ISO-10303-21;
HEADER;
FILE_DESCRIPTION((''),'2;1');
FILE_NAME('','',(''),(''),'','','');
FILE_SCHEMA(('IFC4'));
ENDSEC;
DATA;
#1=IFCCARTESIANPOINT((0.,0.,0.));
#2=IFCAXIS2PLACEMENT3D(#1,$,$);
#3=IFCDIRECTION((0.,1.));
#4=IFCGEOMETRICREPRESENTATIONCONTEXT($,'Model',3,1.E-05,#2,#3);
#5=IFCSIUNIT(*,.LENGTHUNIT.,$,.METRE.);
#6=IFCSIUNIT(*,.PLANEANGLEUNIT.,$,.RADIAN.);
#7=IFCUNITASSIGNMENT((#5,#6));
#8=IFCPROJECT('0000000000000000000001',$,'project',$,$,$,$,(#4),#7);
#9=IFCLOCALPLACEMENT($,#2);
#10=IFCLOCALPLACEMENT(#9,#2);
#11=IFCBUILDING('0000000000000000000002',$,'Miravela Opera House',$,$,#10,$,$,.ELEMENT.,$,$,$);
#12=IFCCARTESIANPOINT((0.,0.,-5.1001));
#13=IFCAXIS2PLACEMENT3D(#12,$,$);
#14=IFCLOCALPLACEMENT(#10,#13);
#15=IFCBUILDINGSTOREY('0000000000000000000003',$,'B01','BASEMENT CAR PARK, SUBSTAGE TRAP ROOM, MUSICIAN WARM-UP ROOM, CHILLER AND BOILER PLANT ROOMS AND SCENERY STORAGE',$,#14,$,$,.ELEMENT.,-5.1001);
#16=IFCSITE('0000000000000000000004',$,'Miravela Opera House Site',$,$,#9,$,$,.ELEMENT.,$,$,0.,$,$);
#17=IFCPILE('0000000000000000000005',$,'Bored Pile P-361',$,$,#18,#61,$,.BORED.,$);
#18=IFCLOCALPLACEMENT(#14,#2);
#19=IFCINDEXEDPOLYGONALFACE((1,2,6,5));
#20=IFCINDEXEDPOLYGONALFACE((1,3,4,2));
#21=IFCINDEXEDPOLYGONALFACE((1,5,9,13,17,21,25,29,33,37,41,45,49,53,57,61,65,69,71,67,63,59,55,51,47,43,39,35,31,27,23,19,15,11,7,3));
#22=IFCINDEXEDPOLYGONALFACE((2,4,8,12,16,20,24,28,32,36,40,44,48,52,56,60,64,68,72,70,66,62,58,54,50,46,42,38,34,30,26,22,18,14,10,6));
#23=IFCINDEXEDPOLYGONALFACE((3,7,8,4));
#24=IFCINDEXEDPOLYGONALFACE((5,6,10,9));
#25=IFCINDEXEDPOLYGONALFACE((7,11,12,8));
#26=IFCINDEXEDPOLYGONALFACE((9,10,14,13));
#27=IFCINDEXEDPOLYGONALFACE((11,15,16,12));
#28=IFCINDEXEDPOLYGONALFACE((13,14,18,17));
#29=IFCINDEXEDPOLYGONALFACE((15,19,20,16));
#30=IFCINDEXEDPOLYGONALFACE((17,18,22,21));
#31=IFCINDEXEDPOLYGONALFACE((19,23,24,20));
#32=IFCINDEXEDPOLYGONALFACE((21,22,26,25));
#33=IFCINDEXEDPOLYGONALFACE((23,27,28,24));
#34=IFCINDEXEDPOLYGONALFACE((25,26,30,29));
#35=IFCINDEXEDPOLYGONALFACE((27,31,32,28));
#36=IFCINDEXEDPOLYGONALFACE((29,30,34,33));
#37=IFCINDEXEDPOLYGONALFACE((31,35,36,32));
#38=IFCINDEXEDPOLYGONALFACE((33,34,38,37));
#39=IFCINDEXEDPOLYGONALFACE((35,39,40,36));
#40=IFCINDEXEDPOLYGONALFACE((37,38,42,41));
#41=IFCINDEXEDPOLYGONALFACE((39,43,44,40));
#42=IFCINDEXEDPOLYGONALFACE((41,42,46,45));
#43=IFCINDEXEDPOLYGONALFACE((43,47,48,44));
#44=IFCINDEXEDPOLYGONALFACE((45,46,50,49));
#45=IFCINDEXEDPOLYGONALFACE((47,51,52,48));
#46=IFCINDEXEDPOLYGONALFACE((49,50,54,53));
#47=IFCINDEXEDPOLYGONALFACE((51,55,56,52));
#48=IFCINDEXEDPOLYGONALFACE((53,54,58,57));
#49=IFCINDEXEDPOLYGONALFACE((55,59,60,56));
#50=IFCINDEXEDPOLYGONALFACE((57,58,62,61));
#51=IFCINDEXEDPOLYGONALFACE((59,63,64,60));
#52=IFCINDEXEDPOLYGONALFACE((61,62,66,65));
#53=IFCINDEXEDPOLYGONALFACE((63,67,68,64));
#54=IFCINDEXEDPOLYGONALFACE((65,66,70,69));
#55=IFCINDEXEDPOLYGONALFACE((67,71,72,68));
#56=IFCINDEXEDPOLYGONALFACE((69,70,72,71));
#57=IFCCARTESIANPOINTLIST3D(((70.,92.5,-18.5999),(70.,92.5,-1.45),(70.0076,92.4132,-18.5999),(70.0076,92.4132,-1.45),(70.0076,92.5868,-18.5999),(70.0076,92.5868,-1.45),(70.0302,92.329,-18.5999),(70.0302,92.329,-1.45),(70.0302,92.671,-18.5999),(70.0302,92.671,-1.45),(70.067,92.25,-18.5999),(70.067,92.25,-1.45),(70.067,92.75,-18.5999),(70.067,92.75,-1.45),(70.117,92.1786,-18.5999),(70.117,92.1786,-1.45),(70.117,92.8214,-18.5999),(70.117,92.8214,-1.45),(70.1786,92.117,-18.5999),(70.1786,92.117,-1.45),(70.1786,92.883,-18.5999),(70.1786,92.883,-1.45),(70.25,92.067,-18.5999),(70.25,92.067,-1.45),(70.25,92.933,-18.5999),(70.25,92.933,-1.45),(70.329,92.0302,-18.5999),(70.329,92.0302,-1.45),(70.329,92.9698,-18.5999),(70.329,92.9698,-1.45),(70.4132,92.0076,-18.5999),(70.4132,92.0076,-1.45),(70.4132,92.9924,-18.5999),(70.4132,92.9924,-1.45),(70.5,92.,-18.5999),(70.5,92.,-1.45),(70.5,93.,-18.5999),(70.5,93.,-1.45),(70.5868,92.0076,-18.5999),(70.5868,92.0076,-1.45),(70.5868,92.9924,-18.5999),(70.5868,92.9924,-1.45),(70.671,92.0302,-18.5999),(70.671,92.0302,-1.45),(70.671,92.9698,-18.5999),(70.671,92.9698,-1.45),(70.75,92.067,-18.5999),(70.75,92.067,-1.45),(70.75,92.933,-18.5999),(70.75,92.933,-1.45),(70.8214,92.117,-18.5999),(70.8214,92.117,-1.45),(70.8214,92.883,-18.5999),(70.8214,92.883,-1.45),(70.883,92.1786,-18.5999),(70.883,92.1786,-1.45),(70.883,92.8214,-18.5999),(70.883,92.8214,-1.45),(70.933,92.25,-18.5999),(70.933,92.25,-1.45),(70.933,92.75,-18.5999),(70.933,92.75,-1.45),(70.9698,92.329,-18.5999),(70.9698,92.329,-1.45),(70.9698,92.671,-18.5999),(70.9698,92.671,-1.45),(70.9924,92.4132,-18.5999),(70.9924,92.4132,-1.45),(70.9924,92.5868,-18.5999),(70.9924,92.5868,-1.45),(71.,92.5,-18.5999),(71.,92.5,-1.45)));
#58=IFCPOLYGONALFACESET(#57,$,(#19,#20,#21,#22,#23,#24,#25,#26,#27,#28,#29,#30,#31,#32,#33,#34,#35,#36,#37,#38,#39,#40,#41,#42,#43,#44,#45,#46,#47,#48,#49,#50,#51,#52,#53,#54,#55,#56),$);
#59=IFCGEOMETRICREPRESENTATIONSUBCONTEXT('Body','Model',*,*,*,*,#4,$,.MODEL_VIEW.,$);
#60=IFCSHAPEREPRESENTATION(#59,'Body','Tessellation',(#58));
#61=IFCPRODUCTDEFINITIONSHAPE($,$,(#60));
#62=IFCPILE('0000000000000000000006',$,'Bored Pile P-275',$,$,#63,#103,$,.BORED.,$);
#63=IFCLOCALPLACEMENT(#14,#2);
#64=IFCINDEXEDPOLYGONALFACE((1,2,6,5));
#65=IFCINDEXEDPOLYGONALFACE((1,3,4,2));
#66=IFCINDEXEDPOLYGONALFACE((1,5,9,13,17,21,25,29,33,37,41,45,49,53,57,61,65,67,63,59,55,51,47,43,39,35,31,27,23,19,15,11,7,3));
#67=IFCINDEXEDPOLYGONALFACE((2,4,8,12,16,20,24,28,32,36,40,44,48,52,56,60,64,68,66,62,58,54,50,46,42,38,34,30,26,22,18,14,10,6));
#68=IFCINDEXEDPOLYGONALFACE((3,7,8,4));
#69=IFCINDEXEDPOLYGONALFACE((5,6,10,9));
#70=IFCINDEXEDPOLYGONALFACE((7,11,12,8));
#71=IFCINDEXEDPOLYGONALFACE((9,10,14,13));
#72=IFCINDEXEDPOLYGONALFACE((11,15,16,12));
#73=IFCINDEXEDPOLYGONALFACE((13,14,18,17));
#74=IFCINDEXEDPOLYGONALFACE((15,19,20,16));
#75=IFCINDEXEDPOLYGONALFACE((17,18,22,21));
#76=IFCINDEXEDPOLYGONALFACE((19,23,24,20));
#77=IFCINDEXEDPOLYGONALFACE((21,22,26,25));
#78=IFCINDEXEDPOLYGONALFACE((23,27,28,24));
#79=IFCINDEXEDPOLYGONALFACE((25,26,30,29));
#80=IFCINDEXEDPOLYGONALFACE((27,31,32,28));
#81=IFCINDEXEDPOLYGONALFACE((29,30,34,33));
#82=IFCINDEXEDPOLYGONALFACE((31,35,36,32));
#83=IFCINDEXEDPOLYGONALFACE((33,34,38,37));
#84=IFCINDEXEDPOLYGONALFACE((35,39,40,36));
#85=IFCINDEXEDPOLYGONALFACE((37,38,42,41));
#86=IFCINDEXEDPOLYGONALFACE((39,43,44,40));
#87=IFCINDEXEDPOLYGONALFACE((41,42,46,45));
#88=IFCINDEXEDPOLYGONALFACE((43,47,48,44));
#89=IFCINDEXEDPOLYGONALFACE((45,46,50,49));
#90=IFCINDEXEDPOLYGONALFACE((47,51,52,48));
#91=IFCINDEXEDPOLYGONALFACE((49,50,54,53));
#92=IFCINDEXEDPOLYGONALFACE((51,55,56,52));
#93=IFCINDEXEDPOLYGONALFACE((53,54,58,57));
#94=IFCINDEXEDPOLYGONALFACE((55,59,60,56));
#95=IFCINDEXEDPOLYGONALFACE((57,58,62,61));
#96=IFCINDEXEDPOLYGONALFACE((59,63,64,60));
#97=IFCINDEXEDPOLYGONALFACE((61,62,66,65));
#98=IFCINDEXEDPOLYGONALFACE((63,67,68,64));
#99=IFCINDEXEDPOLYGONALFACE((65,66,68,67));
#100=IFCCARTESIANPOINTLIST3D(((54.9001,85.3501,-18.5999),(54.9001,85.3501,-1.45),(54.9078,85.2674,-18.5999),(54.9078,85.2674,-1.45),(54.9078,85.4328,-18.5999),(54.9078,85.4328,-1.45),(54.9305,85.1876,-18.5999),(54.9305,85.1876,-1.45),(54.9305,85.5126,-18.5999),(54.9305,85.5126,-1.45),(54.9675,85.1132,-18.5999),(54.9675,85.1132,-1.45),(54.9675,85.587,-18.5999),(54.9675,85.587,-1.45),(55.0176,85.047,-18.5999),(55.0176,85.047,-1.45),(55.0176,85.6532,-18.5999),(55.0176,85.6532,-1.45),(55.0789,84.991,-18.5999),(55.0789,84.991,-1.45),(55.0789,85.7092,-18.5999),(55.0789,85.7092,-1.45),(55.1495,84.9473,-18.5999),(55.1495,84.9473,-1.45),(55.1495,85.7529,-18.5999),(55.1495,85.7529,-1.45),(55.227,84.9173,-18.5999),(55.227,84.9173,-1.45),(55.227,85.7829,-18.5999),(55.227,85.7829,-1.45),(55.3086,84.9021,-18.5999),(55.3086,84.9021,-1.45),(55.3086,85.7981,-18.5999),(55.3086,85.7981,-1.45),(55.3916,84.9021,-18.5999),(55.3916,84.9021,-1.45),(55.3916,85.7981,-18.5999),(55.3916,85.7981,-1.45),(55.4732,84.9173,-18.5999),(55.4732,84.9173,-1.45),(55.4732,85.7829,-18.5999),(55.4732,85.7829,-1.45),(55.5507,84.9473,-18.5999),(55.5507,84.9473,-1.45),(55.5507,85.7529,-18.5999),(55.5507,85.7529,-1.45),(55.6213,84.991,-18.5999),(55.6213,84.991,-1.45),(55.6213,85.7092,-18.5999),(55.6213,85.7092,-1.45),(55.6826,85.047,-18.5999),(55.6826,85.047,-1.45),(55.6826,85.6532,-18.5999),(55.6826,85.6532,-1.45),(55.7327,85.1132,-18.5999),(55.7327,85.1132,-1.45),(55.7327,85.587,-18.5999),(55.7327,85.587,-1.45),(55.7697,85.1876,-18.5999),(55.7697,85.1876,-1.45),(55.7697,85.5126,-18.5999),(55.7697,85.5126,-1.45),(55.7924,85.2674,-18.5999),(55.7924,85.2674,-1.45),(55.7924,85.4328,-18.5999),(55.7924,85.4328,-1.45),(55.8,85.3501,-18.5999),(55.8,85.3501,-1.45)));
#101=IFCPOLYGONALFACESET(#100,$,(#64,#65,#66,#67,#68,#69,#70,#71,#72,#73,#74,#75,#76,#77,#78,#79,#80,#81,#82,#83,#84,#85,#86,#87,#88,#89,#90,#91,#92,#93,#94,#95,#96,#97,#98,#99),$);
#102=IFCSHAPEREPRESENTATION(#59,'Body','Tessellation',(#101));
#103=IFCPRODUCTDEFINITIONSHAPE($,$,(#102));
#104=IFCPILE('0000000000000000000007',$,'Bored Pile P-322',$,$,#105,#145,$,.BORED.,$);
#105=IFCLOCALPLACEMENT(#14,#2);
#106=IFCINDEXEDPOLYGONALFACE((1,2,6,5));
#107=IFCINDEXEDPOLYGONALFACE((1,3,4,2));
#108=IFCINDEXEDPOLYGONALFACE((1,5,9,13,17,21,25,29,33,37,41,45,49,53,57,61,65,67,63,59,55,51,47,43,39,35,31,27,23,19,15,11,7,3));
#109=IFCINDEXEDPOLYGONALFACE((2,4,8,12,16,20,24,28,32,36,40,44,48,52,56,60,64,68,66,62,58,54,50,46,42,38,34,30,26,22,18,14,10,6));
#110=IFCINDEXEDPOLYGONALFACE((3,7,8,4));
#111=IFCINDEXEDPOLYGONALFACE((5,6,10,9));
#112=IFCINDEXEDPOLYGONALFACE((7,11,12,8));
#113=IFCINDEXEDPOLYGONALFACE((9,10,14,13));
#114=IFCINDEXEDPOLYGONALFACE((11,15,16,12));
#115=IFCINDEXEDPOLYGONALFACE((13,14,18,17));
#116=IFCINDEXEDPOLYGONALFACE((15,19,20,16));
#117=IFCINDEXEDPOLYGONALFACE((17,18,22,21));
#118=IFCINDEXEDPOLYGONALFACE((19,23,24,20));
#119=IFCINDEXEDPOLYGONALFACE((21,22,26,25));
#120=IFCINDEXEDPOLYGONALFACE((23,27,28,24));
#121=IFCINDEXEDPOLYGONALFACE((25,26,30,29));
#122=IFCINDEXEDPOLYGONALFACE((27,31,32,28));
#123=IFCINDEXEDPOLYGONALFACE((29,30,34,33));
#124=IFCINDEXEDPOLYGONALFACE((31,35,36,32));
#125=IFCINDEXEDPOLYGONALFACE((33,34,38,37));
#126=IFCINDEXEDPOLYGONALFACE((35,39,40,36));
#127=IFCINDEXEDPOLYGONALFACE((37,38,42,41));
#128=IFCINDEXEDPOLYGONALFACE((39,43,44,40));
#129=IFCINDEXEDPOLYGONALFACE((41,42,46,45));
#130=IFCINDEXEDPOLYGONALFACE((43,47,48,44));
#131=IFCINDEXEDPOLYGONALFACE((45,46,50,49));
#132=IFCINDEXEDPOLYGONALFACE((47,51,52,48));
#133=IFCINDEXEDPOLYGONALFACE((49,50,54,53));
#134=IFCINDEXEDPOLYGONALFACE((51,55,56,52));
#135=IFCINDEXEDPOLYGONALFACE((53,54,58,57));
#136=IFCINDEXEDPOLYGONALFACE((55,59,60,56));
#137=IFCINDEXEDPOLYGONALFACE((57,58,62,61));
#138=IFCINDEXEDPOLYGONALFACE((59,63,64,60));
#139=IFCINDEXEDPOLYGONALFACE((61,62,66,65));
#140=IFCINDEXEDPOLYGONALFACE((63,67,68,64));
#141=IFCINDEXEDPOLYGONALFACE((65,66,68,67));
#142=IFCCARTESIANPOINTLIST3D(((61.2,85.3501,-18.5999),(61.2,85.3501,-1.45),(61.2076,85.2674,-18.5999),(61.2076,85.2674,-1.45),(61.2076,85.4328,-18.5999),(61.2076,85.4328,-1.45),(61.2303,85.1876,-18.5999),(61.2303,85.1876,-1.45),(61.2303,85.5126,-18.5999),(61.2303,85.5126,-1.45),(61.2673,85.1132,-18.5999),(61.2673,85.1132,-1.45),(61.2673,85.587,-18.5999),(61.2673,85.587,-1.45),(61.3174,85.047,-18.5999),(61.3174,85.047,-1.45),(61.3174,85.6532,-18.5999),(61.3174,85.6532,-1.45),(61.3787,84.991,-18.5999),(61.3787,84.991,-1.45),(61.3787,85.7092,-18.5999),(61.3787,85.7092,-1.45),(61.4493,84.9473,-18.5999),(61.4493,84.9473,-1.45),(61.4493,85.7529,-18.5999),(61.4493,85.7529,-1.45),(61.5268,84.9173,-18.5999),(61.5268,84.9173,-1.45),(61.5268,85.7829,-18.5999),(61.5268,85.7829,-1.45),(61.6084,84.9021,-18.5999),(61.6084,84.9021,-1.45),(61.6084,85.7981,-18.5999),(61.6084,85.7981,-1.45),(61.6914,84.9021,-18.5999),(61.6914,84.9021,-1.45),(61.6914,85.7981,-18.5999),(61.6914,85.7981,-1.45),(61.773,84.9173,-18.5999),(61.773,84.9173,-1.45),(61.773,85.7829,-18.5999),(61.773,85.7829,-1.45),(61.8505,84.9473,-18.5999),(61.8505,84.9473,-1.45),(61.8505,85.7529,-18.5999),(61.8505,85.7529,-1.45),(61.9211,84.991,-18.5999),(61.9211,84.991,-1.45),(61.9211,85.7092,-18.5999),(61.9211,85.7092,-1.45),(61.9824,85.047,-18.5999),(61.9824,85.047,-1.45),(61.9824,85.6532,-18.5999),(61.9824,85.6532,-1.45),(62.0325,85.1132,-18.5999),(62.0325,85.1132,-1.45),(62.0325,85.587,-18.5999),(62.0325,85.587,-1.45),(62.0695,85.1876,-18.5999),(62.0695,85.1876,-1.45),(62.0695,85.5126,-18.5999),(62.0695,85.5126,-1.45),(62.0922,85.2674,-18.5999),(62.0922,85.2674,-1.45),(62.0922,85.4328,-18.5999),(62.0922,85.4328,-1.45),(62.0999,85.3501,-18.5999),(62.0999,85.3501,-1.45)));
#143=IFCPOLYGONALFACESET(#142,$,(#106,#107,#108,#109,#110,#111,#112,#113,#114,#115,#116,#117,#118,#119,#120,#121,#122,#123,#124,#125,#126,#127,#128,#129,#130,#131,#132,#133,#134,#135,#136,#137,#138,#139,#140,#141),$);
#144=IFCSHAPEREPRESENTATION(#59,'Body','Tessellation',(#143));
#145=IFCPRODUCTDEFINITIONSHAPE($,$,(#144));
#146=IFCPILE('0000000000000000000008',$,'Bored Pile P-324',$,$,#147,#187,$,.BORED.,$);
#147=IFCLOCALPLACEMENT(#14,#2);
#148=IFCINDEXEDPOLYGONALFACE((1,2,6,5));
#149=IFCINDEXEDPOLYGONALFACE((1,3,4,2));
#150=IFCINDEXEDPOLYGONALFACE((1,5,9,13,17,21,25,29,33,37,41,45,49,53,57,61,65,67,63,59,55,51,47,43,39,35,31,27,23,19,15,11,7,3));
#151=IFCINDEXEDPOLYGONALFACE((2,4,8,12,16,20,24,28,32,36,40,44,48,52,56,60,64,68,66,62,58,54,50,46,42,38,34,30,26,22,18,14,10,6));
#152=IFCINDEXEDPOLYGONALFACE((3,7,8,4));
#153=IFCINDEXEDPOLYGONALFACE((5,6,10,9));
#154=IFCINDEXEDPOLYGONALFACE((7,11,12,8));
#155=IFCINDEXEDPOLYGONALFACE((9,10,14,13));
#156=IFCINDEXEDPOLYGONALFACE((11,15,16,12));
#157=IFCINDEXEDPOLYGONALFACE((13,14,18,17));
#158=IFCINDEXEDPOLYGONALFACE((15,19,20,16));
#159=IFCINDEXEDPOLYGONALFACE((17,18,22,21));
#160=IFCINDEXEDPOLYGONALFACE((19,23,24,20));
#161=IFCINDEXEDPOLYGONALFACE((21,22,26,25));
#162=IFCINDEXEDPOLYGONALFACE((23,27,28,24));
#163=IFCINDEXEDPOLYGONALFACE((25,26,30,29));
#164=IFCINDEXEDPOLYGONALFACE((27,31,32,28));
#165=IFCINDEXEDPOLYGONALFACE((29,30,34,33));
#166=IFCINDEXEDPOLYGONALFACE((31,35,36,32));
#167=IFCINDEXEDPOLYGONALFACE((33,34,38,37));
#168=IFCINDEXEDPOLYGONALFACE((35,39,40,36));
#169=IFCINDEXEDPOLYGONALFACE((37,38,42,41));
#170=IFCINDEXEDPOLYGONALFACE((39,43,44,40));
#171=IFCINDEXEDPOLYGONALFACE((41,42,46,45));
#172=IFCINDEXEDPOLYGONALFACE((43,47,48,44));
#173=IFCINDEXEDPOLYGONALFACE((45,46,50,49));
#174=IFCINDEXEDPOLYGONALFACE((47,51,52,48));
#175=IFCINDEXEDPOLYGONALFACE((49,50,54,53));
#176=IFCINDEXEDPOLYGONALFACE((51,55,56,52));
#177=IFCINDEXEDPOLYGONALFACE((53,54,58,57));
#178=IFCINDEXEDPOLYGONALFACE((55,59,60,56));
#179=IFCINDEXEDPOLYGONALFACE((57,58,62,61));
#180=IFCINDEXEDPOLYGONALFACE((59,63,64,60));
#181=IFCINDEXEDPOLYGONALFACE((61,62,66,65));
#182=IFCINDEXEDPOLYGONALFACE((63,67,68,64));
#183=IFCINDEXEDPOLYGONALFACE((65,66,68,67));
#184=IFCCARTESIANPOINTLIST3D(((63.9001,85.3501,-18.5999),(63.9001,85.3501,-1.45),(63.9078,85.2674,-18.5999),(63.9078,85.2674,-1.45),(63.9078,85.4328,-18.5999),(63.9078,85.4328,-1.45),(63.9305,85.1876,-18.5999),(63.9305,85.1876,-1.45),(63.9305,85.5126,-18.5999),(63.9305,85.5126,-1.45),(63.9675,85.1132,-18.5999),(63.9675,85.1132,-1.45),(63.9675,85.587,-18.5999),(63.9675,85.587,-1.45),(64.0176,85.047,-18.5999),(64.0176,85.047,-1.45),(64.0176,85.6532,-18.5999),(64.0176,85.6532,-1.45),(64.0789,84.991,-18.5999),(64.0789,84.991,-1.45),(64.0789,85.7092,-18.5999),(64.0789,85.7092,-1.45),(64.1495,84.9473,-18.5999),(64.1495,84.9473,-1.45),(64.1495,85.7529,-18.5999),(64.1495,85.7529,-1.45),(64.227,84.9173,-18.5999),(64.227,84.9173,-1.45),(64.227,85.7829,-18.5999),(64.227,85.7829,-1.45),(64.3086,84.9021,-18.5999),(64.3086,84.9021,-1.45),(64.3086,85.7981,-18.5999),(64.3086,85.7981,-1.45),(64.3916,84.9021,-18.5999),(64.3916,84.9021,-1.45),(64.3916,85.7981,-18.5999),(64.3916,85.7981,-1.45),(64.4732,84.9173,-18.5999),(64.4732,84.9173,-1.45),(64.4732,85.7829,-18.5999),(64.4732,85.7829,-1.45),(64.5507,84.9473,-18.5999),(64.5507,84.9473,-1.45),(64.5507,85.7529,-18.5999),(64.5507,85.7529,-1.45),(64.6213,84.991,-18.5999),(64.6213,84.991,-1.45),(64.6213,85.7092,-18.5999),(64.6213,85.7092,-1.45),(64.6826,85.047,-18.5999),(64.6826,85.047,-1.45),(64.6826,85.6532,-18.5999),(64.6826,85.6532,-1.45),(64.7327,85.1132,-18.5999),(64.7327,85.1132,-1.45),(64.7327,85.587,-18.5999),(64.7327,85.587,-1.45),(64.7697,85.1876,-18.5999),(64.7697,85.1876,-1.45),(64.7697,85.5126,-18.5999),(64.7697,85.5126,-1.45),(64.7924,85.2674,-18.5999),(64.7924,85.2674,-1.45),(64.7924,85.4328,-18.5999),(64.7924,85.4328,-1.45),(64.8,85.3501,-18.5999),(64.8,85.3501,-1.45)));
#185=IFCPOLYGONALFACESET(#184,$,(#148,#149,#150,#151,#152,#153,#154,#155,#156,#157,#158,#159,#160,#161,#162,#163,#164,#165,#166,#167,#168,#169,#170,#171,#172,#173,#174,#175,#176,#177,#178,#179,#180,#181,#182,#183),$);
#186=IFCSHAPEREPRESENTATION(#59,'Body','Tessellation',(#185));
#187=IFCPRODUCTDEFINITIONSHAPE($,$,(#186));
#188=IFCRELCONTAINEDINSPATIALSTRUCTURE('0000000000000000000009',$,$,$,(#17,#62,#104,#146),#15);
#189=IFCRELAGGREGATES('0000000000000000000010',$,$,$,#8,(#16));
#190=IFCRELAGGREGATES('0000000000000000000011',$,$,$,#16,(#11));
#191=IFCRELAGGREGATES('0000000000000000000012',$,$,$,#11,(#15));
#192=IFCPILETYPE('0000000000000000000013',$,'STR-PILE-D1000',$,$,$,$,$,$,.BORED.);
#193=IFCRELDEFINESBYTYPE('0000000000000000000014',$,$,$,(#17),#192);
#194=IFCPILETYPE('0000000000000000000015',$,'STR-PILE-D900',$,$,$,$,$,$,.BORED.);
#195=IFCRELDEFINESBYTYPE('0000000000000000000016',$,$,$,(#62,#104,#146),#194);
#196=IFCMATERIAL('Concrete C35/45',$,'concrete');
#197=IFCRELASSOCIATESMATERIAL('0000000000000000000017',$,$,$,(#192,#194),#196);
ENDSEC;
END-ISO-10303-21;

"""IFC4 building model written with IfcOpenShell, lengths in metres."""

from ifc_helpers import new_model, si_unit, direction, frame, origin, origin_2d, place, context, subcontext, project, spatial, circle, extrude, material, material_profile, profile_set, type_object, element, save


model = new_model("IFC4")

# Units and contexts
model_context = context("Model", 3, precision=1e-05, world=origin(), true_north=direction((0.0, 1.0)))
body_context = subcontext(model_context, "Body", "Model", "MODEL_VIEW")
ifc_project = project(units=[si_unit("LENGTHUNIT", "METRE"), si_unit("PLANEANGLEUNIT", "RADIAN")], contexts=[model_context])

# Site, building, storey
site_placement = place(None, origin())
site = spatial("IfcSite", under=ifc_project, at=site_placement, Name="Miravela Opera House Site", CompositionType="ELEMENT", RefElevation=0.0)
building_placement = place(site_placement, origin())
building = spatial("IfcBuilding", under=site, at=building_placement, Name="Miravela Opera House", CompositionType="ELEMENT")
storey_placement = place(building_placement, frame((0.0, 0.0, -5.1001)))
storey = spatial("IfcBuildingStorey", under=building, at=storey_placement, Name="B01", Description="BASEMENT CAR PARK, SUBSTAGE TRAP ROOM, MUSICIAN WARM-UP ROOM, CHILLER AND BOILER PLANT ROOMS AND SCENERY STORAGE", CompositionType="ELEMENT", Elevation=-5.1001)

# Shared definitions
ifc_material_1 = material(Name="Concrete C35/45", Category="concrete")

# Piles
ifc_material_profile_1 = material_profile(ifc_material_1, circle(Radius=0.5, at=origin_2d()), Name="PILE-D1000")
ifc_profile_set_1 = profile_set([ifc_material_profile_1])
pile_type_1 = type_object("IfcPileType", Name="STR-PILE-D1000", PredefinedType="BORED", material=ifc_profile_set_1)
for number, where, z_axis, x_axis, name in (
    (1, (70.5, 92.5, -1.45), (0.0, 0.0, -1.0), (1.0, 0.0, 0.0), "Bored Pile P-361"),
):
    element("IfcPile", number, at=place(storey_placement, frame(where, z_axis=z_axis, x_axis=x_axis)), inside=storey, type_object=pile_type_1, Name=name, PredefinedType="BORED", context=body_context, shape_type="SweptSolid", body=[
        extrude(circle(Radius=0.5, at=origin_2d()), origin(), (0.0, 0.0, 1.0), 17.1499),
    ])
ifc_material_profile_2 = material_profile(ifc_material_1, circle(Radius=0.45, at=origin_2d()), Name="PILE-D900")
ifc_profile_set_2 = profile_set([ifc_material_profile_2])
pile_type_2 = type_object("IfcPileType", Name="STR-PILE-D900", PredefinedType="BORED", material=ifc_profile_set_2)
for number, where, z_axis, x_axis, name in (
    (2, (55.3501, 85.3501, -1.45), (0.0, 0.0, -1.0), (1.0, 0.0, 0.0), "Bored Pile P-275"),
    (3, (61.6499, 85.3501, -1.45), (0.0, 0.0, -1.0), (1.0, 0.0, 0.0), "Bored Pile P-322"),
    (4, (64.3501, 85.3501, -1.45), (0.0, 0.0, -1.0), (1.0, 0.0, 0.0), "Bored Pile P-324"),
):
    element("IfcPile", number, at=place(storey_placement, frame(where, z_axis=z_axis, x_axis=x_axis)), inside=storey, type_object=pile_type_2, Name=name, PredefinedType="BORED", context=body_context, shape_type="SweptSolid", body=[
        extrude(circle(Radius=0.45, at=origin_2d()), origin(), (0.0, 0.0, 1.0), 17.1499),
    ])

save(model, "model.ifc")
